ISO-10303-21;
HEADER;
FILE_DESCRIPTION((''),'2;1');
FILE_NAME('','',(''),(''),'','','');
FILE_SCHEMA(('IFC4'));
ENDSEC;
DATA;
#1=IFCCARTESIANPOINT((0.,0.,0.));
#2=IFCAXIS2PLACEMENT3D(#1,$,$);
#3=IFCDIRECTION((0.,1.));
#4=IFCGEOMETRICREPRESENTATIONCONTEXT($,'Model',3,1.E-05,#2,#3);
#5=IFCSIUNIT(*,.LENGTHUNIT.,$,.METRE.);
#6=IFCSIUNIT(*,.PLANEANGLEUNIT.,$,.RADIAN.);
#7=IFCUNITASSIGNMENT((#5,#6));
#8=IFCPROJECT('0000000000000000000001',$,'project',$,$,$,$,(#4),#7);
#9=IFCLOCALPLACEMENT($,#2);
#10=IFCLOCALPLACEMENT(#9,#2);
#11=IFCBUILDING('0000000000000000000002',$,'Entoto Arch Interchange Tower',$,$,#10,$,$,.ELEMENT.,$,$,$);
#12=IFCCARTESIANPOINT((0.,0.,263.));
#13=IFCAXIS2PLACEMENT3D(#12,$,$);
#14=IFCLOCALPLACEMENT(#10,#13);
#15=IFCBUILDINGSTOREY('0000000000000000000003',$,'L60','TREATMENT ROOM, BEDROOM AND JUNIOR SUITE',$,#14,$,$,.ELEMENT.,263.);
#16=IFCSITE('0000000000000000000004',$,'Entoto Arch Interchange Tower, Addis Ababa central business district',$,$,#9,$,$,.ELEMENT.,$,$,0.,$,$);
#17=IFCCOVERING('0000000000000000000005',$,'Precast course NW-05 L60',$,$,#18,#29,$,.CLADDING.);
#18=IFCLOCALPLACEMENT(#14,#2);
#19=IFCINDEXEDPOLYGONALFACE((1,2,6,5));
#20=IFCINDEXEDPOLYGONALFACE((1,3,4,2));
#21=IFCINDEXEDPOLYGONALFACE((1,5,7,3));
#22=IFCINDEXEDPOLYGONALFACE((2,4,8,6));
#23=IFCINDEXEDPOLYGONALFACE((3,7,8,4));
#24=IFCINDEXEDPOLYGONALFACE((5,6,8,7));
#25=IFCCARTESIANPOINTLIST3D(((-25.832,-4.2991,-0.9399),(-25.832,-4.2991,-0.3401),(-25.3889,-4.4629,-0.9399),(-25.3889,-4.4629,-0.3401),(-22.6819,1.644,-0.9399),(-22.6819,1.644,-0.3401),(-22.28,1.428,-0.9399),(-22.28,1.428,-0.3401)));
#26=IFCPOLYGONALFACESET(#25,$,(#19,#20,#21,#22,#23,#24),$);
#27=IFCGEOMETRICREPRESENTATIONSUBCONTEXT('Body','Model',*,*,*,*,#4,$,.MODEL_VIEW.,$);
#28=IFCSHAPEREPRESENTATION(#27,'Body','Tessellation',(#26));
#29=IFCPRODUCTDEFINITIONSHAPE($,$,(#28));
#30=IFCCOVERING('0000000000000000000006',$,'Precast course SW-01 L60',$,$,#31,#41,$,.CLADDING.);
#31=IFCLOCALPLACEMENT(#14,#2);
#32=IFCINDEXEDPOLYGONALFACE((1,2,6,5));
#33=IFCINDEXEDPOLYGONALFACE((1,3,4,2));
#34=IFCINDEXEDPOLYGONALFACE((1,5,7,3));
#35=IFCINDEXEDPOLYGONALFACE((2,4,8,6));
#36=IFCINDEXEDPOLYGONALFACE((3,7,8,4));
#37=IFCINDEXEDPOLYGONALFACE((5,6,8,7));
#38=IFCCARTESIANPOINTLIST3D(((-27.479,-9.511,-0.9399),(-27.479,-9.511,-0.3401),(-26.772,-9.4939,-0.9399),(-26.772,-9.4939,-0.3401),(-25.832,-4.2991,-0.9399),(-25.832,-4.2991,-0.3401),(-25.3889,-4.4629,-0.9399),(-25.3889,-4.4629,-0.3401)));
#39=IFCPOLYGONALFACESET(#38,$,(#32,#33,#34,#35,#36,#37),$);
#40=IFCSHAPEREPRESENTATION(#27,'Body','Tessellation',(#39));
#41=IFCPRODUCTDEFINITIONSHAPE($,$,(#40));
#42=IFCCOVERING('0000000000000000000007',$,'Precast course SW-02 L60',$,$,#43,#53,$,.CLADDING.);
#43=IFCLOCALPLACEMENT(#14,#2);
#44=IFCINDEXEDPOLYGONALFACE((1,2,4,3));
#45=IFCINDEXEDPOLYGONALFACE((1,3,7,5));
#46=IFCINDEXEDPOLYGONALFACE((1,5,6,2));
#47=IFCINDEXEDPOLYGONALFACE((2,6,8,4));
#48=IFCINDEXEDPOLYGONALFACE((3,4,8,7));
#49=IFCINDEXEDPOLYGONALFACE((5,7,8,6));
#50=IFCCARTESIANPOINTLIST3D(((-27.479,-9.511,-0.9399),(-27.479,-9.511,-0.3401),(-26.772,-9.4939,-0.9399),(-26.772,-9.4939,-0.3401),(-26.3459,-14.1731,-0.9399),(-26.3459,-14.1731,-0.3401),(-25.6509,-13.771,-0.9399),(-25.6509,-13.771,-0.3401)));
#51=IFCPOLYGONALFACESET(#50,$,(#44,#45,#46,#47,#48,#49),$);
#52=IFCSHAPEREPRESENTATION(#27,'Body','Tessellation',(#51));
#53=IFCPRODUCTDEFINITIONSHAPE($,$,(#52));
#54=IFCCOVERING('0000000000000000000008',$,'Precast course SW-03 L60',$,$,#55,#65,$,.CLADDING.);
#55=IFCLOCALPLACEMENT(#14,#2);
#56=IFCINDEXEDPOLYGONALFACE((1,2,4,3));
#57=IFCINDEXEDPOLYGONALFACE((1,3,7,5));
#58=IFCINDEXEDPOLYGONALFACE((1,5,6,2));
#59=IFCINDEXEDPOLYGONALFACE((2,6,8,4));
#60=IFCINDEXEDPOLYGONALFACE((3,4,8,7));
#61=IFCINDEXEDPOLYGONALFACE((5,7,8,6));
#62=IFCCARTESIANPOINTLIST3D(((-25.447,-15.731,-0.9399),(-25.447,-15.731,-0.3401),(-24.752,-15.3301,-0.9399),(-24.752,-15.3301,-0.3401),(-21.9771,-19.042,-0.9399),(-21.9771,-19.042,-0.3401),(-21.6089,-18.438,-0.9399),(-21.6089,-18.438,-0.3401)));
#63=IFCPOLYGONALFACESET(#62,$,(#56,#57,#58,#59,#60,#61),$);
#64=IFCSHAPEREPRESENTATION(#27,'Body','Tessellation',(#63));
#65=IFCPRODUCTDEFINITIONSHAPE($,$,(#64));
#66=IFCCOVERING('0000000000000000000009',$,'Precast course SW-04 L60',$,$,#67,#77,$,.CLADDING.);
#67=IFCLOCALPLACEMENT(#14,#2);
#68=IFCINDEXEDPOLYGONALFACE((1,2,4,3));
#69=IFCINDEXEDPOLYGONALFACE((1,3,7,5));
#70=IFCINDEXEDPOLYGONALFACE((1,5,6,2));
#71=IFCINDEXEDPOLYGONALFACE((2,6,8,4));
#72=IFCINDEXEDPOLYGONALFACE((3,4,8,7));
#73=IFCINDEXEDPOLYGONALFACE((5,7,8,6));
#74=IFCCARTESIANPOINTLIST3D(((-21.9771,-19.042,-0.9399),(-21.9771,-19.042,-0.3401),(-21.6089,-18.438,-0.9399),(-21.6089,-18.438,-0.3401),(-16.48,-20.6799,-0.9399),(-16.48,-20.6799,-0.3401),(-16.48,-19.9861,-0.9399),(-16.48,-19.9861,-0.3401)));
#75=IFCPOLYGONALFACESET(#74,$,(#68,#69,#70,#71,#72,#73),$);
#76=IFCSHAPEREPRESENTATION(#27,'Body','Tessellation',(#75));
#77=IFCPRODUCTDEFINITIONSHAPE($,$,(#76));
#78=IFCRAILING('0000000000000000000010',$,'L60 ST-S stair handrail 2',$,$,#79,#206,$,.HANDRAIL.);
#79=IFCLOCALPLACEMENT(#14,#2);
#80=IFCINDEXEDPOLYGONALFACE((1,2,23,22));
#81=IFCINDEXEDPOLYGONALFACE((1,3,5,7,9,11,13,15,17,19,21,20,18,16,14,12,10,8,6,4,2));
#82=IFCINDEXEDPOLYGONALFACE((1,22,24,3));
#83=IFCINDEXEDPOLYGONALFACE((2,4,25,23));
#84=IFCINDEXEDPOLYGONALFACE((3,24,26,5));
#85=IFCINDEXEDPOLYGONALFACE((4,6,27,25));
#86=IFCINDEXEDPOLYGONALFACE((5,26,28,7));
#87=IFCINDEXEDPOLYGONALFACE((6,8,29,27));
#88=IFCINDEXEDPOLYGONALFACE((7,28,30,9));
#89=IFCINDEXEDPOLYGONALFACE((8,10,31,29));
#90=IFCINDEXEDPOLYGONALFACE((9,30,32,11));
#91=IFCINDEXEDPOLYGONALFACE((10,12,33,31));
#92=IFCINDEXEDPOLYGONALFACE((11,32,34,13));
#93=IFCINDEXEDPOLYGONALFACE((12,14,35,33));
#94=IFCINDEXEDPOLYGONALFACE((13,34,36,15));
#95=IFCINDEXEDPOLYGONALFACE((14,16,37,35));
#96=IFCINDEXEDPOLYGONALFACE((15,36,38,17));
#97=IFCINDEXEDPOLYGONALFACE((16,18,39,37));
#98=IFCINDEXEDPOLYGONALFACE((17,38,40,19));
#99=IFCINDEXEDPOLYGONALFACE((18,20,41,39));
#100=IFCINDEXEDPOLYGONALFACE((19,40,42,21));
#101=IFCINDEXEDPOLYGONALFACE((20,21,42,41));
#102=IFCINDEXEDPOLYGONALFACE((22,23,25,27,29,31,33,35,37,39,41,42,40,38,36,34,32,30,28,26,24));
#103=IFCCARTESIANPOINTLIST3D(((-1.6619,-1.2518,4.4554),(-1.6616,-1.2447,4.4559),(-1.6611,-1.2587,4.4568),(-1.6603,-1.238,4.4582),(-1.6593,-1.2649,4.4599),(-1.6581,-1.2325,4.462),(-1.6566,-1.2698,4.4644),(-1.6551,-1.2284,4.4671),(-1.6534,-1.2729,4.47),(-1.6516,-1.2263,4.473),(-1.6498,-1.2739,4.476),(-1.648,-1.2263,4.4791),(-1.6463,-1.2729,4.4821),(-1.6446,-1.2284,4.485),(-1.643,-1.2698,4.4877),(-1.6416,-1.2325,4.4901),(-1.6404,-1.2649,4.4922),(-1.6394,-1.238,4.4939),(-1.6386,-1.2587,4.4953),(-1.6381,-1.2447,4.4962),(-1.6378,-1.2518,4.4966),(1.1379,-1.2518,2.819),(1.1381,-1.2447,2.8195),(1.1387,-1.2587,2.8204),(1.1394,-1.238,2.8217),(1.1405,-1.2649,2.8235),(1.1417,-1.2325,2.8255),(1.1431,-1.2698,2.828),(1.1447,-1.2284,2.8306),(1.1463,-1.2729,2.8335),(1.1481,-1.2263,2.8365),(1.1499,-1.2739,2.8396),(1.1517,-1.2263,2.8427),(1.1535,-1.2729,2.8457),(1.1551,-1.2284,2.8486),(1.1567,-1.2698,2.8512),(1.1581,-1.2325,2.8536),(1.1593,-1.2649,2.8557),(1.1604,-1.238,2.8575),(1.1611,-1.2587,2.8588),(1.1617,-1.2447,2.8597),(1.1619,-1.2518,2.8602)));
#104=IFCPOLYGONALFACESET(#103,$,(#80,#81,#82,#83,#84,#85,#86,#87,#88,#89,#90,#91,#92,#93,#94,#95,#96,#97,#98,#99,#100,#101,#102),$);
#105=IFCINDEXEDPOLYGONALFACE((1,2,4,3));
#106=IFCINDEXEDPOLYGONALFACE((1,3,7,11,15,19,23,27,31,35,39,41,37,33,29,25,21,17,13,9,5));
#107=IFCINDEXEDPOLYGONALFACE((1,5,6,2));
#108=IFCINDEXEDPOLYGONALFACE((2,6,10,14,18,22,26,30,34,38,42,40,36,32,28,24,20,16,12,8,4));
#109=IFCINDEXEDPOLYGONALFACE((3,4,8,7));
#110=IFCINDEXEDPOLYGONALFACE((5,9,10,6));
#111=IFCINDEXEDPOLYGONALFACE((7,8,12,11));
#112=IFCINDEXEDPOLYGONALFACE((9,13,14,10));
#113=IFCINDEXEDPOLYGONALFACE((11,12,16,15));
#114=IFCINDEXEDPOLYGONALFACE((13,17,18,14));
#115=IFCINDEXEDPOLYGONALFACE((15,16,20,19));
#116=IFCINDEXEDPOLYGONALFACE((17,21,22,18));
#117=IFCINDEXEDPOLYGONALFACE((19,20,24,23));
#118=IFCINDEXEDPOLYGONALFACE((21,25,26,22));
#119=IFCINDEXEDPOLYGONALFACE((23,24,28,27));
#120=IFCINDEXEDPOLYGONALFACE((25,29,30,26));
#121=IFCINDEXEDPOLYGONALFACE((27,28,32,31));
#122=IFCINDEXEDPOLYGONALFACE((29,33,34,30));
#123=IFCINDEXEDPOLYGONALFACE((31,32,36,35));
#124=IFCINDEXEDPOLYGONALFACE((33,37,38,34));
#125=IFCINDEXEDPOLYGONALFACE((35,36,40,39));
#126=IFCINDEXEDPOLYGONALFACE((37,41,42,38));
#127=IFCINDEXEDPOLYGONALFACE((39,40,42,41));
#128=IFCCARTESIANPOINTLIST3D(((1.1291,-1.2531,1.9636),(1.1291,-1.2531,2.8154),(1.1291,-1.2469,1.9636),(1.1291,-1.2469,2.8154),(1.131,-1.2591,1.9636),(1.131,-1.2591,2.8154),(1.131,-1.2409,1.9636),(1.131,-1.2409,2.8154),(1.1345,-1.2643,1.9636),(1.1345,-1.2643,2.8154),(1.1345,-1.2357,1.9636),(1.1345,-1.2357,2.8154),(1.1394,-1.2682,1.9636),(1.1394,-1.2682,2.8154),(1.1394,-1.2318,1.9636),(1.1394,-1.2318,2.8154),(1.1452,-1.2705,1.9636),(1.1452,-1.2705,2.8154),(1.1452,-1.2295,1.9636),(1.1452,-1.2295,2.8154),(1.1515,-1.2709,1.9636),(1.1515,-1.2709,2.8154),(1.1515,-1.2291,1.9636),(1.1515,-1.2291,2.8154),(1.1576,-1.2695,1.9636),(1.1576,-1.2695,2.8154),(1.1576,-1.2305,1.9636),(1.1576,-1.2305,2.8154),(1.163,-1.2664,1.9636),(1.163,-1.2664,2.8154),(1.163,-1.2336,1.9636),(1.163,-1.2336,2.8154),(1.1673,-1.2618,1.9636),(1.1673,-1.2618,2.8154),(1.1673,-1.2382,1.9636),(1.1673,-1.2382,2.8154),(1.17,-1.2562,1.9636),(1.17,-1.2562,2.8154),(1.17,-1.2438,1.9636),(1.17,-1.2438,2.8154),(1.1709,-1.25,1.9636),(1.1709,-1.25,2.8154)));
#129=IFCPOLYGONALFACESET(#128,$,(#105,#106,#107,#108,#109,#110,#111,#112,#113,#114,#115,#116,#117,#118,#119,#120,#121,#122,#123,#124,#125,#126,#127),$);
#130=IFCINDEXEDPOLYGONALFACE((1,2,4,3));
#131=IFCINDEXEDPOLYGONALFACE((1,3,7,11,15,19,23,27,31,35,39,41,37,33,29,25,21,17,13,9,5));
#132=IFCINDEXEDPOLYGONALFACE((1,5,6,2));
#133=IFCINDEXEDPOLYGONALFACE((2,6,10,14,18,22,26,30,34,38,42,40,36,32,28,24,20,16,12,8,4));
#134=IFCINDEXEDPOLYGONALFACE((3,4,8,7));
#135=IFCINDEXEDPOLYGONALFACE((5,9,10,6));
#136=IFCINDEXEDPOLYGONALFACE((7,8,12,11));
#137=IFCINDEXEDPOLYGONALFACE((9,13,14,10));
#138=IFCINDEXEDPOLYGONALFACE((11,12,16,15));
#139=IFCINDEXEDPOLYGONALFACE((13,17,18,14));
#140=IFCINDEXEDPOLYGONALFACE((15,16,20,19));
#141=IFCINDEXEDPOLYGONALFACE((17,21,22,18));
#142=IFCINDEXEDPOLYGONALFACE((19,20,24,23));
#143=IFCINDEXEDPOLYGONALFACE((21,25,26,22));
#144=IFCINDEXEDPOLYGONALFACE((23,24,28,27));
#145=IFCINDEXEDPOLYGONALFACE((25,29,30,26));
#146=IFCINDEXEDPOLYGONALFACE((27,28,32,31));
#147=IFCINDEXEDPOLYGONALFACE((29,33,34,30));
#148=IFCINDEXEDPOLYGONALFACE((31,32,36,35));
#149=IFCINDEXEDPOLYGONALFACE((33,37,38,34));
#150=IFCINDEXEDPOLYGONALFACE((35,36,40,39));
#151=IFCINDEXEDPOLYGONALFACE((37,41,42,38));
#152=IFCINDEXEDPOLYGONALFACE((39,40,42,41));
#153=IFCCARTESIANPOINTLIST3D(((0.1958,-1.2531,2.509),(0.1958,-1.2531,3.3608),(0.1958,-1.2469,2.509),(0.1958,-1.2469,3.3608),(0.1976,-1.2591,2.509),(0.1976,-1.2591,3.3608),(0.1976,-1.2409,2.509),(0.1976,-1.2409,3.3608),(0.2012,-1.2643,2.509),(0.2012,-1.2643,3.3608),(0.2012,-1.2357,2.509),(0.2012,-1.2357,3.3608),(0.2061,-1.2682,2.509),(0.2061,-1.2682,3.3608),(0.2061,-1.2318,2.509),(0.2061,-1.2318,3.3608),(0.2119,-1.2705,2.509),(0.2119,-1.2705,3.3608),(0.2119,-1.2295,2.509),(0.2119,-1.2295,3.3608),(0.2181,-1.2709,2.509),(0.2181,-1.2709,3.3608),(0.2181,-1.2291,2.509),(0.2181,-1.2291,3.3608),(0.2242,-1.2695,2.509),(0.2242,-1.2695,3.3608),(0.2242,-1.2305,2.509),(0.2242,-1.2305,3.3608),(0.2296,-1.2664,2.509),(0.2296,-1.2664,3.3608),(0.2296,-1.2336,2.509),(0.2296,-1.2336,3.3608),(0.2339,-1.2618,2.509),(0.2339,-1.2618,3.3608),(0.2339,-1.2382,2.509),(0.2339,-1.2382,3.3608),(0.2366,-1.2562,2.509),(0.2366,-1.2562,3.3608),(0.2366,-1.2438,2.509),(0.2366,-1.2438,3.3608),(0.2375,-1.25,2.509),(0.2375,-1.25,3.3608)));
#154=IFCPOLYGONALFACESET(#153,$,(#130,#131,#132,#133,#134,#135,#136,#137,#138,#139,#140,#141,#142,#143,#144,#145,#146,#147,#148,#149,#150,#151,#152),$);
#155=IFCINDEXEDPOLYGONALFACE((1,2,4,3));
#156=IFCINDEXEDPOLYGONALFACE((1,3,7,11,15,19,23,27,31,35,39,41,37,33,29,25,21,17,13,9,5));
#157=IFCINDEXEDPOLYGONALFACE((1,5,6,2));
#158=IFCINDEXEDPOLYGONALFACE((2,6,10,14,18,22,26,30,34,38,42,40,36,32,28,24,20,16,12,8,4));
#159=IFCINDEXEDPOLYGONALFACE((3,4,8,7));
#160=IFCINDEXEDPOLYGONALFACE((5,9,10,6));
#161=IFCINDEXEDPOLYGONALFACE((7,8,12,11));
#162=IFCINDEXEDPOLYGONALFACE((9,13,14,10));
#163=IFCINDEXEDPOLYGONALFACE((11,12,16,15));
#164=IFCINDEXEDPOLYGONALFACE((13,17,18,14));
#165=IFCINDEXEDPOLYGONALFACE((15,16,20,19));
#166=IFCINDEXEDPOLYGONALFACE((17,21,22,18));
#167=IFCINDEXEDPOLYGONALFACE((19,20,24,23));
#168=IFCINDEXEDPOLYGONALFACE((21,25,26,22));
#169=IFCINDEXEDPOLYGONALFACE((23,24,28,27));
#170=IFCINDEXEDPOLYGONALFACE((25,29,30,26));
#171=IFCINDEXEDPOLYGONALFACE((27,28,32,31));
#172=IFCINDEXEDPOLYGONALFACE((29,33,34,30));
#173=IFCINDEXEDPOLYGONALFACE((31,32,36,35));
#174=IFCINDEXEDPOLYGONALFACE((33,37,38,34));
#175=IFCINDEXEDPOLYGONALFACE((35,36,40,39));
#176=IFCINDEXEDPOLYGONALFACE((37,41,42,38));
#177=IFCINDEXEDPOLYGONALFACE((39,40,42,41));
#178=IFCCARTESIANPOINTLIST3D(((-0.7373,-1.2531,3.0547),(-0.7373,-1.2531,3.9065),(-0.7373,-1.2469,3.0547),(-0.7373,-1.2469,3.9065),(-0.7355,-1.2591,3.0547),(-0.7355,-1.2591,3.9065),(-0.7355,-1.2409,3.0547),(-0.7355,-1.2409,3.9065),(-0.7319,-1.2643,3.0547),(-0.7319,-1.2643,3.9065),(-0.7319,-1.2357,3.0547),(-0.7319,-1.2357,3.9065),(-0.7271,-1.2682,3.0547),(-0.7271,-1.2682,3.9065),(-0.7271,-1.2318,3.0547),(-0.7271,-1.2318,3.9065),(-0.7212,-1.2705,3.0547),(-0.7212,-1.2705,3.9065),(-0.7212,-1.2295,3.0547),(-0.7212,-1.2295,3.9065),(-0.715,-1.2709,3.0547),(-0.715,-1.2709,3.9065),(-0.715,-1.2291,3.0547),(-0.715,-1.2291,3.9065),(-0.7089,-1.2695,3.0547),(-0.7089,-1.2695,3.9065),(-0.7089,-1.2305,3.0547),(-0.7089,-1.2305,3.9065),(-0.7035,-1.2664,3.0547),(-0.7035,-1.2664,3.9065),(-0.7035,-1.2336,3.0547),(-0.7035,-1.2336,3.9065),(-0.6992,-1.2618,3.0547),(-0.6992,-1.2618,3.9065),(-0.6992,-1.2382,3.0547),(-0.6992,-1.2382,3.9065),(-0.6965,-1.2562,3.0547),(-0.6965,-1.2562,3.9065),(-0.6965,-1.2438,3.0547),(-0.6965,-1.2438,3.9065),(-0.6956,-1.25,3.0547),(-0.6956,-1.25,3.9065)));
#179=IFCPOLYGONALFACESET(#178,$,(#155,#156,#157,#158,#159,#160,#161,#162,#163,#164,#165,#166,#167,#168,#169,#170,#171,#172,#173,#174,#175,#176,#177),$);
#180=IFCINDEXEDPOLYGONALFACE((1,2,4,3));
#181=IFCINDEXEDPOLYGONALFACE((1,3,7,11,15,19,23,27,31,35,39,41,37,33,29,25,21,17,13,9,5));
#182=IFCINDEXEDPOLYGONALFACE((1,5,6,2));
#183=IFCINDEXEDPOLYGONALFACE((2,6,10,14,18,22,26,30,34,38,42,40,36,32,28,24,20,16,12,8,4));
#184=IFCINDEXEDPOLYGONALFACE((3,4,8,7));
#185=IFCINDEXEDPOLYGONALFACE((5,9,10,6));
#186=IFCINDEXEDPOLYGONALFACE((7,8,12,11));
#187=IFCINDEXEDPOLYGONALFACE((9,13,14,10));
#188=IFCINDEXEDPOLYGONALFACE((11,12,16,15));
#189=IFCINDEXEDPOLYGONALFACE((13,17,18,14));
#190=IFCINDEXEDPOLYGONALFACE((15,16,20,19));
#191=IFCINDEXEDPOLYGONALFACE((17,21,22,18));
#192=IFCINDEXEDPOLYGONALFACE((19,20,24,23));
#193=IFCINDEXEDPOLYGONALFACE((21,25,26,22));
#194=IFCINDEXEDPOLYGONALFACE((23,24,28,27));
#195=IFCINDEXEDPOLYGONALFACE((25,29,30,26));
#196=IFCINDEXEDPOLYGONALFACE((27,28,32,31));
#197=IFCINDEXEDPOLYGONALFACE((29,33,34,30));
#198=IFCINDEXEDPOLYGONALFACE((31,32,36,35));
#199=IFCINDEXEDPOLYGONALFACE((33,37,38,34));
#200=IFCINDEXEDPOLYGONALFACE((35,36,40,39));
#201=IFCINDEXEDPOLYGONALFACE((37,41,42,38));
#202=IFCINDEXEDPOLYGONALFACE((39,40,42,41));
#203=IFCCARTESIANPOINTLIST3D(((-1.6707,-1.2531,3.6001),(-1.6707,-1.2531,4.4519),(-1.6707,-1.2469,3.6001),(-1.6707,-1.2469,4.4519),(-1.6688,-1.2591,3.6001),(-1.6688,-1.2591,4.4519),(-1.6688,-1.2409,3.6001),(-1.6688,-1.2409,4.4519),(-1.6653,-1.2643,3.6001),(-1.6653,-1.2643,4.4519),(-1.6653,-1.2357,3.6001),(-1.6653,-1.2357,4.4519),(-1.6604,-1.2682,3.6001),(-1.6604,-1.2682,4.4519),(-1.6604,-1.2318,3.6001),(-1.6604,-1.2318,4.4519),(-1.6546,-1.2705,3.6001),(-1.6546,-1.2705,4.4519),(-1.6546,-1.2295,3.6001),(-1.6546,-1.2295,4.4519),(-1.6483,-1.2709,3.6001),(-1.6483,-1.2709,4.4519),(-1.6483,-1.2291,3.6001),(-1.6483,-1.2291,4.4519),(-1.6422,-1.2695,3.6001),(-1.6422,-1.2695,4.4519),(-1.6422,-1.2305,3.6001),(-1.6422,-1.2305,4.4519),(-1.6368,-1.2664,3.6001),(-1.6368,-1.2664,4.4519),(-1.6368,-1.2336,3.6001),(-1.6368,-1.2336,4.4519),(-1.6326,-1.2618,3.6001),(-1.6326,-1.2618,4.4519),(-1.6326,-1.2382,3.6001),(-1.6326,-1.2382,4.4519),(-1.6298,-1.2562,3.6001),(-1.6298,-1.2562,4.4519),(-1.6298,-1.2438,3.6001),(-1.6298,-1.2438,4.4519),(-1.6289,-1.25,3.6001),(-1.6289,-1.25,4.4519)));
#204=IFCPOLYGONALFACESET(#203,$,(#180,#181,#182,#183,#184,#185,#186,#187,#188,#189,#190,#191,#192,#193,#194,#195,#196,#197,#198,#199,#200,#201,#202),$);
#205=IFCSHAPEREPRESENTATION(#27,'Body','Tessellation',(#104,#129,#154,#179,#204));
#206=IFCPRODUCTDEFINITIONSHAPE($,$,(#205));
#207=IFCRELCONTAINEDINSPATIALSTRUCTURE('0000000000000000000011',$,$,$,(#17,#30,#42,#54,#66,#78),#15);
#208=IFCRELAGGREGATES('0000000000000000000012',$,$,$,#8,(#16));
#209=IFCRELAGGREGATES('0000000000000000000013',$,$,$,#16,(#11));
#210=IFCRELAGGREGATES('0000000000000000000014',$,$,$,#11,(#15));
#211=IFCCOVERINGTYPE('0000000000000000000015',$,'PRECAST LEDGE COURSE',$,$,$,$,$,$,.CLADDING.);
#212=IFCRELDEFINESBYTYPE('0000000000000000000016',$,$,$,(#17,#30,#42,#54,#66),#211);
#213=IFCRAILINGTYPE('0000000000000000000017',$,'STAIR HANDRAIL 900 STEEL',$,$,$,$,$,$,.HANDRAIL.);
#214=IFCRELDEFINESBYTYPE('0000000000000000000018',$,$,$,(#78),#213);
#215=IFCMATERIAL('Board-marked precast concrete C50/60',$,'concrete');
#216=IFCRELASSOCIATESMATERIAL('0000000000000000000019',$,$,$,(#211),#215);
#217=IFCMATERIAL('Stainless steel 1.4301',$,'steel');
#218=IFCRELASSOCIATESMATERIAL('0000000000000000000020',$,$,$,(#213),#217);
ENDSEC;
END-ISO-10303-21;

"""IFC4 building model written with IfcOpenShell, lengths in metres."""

from ifc_helpers import new_model, si_unit, direction, frame, origin, origin_2d, place, context, subcontext, project, spatial, polyline, circle, outline, extrude, material, type_object, element, save


model = new_model("IFC4")

# Units and contexts
model_context = context("Model", 3, precision=1e-05, world=origin(), true_north=direction((0.0, 1.0)))
body_context = subcontext(model_context, "Body", "Model", "MODEL_VIEW")
ifc_project = project(units=[si_unit("LENGTHUNIT", "METRE"), si_unit("PLANEANGLEUNIT", "RADIAN")], contexts=[model_context])

# Site, building, storey
site_placement = place(None, origin())
site = spatial("IfcSite", under=ifc_project, at=site_placement, Name="Entoto Arch Interchange Tower, Addis Ababa central business district", CompositionType="ELEMENT", RefElevation=0.0)
building_placement = place(site_placement, origin())
building = spatial("IfcBuilding", under=site, at=building_placement, Name="Entoto Arch Interchange Tower", CompositionType="ELEMENT")
storey_placement = place(building_placement, frame((0.0, 0.0, 263.0)))
storey = spatial("IfcBuildingStorey", under=building, at=storey_placement, Name="L60", Description="TREATMENT ROOM, BEDROOM AND JUNIOR SUITE", CompositionType="ELEMENT", Elevation=263.0)

# Shared definitions
ifc_material_1 = material(Name="Board-marked precast concrete C50/60", Category="concrete")

# Coverings
covering_type_1 = type_object("IfcCoveringType", Name="PRECAST LEDGE COURSE", PredefinedType="CLADDING", material=ifc_material_1)
covering_1_placement = place(storey_placement, frame((0.0, 0.0, -0.9399)))
element("IfcCovering", 1, at=covering_1_placement, inside=storey, type_object=covering_type_1, Name="Precast course NW-05 L60", PredefinedType="CLADDING", context=body_context, shape_type="SweptSolid", body=[
    extrude(outline(polyline([(-25.3889, -4.4629), (-25.832, -4.2991), (-22.6819, 1.644), (-22.28, 1.428), (-25.3889, -4.4629)])), origin(), (0.0, 0.0, 1.0), 0.5999),
])
covering_2_placement = place(storey_placement, frame((0.0, 0.0, -0.9399)))
element("IfcCovering", 2, at=covering_2_placement, inside=storey, type_object=covering_type_1, Name="Precast course SW-01 L60", PredefinedType="CLADDING", context=body_context, shape_type="SweptSolid", body=[
    extrude(outline(polyline([(-26.772, -9.4939), (-27.479, -9.511), (-25.832, -4.2991), (-25.3889, -4.4629), (-26.772, -9.4939)])), origin(), (0.0, 0.0, 1.0), 0.5999),
])
covering_3_placement = place(storey_placement, frame((0.0, 0.0, -0.9399)))
element("IfcCovering", 3, at=covering_3_placement, inside=storey, type_object=covering_type_1, Name="Precast course SW-02 L60", PredefinedType="CLADDING", context=body_context, shape_type="SweptSolid", body=[
    extrude(outline(polyline([(-25.6509, -13.771), (-26.3459, -14.1731), (-27.479, -9.511), (-26.772, -9.4939), (-25.6509, -13.771)])), origin(), (0.0, 0.0, 1.0), 0.5999),
])
covering_4_placement = place(storey_placement, frame((0.0, 0.0, -0.9399)))
element("IfcCovering", 4, at=covering_4_placement, inside=storey, type_object=covering_type_1, Name="Precast course SW-03 L60", PredefinedType="CLADDING", context=body_context, shape_type="SweptSolid", body=[
    extrude(outline(polyline([(-21.6089, -18.438), (-21.9771, -19.042), (-25.447, -15.731), (-24.752, -15.3301), (-21.6089, -18.438)])), origin(), (0.0, 0.0, 1.0), 0.5999),
])
covering_5_placement = place(storey_placement, frame((0.0, 0.0, -0.9399)))
element("IfcCovering", 5, at=covering_5_placement, inside=storey, type_object=covering_type_1, Name="Precast course SW-04 L60", PredefinedType="CLADDING", context=body_context, shape_type="SweptSolid", body=[
    extrude(outline(polyline([(-16.48, -19.9861), (-16.48, -20.6799), (-21.9771, -19.042), (-21.6089, -18.438), (-16.48, -19.9861)])), origin(), (0.0, 0.0, 1.0), 0.5999),
])

# Railing
ifc_material_2 = material(Name="Stainless steel 1.4301", Category="steel")
railing_type = type_object("IfcRailingType", Name="STAIR HANDRAIL 900 STEEL", PredefinedType="HANDRAIL", material=ifc_material_2)
railing_placement = place(storey_placement, frame((1.1499, -1.25, 1.9636)))
element("IfcRailing", 6, at=railing_placement, inside=storey, type_object=railing_type, Name="L60 ST-S stair handrail 2", PredefinedType="HANDRAIL", context=body_context, shape_type="SweptSolid", body=[
    extrude(circle(Radius=0.0239, at=origin_2d()), frame((0.0, 0.0, 0.876), z_axis=(-0.863342, 0.0, 0.50462), x_axis=(0.0, -1.0, 0.0)), (0.0, 0.0, 1.0), 3.2429),
    extrude(circle(Radius=0.021, at=origin_2d()), origin(), (0.0, 0.0, 1.0), 0.8518),
    extrude(circle(Radius=0.021, at=origin_2d()), frame((-0.9333, 0.0, 0.5454)), (0.0, 0.0, 1.0), 0.8518),
    extrude(circle(Radius=0.021, at=origin_2d()), frame((-1.8665, 0.0, 1.0911)), (0.0, 0.0, 1.0), 0.8518),
    extrude(circle(Radius=0.021, at=origin_2d()), frame((-2.7998, 0.0, 1.6365)), (0.0, 0.0, 1.0), 0.8518),
])

save(model, "model.ifc")
